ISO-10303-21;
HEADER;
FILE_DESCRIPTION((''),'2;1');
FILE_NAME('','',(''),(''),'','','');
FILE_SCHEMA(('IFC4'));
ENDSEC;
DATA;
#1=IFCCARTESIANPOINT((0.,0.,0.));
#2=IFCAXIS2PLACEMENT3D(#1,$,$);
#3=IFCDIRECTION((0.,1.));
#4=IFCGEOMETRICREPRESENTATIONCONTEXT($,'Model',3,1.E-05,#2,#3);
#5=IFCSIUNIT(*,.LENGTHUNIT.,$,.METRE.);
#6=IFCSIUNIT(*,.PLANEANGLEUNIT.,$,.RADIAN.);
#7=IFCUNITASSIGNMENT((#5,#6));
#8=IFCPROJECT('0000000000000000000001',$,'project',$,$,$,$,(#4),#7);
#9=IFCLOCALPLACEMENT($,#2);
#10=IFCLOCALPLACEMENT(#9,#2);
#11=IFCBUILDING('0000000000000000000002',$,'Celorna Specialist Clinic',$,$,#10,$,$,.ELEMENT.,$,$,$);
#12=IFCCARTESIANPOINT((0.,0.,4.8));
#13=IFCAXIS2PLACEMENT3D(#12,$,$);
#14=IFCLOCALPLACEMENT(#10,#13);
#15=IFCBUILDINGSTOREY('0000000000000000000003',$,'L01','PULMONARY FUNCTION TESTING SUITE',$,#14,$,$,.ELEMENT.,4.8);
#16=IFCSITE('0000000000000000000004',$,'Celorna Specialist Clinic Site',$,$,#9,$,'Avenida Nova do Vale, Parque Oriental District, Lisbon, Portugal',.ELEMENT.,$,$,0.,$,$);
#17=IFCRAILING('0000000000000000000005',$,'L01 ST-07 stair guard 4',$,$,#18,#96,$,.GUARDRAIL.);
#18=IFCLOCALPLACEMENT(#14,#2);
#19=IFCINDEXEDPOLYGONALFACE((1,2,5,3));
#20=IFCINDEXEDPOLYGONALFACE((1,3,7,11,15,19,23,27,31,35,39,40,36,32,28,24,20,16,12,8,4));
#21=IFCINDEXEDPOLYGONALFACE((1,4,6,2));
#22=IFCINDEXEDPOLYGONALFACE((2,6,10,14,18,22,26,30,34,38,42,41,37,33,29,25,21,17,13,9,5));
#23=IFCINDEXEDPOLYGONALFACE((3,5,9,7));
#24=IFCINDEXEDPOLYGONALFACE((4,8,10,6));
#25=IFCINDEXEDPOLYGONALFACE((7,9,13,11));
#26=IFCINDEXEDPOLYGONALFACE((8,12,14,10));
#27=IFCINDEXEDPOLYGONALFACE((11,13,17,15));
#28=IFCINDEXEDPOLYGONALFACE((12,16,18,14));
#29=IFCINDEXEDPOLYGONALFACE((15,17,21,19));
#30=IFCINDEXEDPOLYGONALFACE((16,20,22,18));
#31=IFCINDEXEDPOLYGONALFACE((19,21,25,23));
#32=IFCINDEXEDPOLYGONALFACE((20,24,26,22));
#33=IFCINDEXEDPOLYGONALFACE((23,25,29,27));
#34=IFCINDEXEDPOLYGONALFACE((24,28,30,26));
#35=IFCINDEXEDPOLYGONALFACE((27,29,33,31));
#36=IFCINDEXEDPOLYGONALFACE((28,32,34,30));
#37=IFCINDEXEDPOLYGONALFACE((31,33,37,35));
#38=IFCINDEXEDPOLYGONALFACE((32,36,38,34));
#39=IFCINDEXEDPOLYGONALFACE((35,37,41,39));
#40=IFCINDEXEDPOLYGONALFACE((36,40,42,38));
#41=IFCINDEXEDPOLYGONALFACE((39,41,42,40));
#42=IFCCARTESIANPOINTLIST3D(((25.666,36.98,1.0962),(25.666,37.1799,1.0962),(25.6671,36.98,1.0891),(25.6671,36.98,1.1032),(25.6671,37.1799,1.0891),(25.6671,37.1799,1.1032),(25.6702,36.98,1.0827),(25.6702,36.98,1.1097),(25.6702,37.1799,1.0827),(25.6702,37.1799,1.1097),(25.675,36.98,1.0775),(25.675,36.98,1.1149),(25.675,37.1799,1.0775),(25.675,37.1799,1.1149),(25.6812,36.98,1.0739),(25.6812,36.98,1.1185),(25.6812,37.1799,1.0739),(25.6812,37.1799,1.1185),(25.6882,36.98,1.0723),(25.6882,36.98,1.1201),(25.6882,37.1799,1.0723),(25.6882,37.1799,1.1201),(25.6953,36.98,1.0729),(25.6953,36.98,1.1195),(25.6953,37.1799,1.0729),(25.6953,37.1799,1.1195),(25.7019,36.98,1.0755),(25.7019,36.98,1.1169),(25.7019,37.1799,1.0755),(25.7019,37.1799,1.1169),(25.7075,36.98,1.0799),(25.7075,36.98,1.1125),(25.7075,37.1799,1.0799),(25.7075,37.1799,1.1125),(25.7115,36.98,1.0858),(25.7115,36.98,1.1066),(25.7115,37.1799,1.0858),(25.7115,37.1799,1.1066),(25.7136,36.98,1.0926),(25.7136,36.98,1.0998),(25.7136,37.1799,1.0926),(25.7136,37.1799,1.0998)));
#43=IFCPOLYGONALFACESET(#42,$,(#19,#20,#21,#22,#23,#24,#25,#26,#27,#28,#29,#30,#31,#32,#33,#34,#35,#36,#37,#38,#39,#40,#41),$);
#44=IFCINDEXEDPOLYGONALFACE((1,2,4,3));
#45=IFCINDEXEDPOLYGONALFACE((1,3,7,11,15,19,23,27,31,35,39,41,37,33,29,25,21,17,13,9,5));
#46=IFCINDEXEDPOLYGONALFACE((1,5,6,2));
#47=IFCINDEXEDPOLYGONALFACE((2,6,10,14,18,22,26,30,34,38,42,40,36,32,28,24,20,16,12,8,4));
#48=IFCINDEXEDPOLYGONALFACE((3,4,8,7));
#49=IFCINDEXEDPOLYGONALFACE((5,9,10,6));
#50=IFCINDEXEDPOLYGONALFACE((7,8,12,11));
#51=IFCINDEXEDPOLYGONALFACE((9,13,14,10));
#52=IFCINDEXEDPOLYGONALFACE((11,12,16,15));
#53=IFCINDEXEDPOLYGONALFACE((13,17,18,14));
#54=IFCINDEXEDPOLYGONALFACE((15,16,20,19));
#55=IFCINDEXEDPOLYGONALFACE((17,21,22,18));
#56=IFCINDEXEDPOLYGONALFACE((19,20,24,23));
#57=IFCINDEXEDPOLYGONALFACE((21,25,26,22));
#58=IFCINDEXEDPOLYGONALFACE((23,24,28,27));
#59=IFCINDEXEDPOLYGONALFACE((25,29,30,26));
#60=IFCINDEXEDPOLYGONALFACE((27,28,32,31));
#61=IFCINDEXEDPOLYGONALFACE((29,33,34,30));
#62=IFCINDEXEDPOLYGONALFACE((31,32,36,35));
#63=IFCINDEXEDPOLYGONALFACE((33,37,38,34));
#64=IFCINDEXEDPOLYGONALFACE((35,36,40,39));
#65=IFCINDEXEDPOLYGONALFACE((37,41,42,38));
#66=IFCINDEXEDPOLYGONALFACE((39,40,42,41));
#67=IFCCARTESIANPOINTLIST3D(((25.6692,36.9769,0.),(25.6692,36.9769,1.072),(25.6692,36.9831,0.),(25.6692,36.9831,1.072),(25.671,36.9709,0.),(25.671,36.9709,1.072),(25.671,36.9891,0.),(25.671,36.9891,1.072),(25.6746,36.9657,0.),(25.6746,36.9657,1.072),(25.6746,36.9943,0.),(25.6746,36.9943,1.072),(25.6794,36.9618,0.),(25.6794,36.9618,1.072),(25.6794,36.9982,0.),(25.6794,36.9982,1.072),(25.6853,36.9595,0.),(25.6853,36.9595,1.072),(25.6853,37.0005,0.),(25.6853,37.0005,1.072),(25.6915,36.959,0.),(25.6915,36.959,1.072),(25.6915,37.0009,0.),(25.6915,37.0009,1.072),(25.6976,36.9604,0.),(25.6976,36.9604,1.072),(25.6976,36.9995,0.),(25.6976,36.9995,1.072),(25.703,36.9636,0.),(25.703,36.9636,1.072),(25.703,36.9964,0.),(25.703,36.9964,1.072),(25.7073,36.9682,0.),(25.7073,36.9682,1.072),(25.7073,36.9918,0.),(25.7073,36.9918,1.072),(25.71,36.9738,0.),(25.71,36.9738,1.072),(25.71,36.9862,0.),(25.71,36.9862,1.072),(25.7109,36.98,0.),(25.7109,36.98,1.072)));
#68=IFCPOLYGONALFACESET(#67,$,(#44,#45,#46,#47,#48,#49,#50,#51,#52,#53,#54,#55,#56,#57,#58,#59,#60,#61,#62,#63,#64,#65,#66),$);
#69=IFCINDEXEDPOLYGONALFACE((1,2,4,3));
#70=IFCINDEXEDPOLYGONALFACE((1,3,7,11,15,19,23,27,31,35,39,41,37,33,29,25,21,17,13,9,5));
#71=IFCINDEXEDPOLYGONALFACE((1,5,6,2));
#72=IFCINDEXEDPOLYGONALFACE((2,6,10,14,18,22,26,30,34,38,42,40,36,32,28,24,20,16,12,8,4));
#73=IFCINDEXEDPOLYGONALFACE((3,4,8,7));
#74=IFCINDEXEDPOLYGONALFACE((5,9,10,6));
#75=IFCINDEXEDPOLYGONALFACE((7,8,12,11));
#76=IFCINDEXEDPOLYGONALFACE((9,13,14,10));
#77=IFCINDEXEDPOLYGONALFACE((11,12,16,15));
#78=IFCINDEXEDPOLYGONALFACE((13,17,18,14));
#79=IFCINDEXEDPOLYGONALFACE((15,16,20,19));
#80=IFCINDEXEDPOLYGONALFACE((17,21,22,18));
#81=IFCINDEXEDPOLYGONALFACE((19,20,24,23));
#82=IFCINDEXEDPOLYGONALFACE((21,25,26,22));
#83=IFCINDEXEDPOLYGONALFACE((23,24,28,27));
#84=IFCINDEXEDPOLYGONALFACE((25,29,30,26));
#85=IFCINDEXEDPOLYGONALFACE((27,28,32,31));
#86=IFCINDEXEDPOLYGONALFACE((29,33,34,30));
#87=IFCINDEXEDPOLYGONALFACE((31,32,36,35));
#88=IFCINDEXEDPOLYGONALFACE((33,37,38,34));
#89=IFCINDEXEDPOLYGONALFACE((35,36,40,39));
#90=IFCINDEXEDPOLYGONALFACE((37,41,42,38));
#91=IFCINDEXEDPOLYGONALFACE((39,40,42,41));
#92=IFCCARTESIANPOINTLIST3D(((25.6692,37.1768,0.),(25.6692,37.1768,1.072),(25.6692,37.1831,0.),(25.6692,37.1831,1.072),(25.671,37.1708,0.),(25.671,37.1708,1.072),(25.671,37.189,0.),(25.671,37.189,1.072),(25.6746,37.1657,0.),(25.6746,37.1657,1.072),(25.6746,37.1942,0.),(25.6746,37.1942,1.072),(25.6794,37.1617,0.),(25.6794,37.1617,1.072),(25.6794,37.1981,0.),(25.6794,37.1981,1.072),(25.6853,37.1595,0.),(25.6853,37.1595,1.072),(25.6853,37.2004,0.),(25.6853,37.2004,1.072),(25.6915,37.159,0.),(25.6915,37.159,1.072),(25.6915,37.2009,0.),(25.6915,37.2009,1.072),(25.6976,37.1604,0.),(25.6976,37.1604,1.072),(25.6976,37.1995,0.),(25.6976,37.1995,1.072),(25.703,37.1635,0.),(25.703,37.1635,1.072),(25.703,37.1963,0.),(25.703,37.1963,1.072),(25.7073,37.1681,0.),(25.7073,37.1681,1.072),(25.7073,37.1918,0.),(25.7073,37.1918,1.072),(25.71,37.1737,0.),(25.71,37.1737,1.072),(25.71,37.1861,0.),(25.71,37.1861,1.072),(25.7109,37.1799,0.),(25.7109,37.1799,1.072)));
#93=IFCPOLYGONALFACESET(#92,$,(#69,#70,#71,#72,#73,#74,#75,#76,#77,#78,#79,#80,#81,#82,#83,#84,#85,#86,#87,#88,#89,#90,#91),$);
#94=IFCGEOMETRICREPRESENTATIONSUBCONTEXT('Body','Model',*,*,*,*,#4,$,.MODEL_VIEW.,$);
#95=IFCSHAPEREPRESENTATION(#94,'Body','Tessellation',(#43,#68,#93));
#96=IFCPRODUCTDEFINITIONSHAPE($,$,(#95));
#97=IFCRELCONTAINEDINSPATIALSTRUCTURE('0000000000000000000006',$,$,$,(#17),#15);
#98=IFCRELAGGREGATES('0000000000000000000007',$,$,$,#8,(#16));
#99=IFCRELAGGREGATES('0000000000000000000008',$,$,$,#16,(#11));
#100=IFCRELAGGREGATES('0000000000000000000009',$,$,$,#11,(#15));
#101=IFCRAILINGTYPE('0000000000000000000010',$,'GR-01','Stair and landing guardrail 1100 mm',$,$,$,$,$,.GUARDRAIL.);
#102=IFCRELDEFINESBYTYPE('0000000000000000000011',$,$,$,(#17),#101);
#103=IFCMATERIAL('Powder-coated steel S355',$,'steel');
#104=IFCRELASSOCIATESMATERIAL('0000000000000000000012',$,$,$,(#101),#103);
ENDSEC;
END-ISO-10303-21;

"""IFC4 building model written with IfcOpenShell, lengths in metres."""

from ifc_helpers import new_model, si_unit, direction, frame, origin, origin_2d, place, context, subcontext, project, spatial, circle, extrude, material, type_object, element, save


model = new_model("IFC4")

# Units and contexts
model_context = context("Model", 3, precision=1e-05, world=origin(), true_north=direction((0.0, 1.0)))
body_context = subcontext(model_context, "Body", "Model", "MODEL_VIEW")
ifc_project = project(units=[si_unit("LENGTHUNIT", "METRE"), si_unit("PLANEANGLEUNIT", "RADIAN")], contexts=[model_context])

# Site, building, storey
site_placement = place(None, origin())
site = spatial("IfcSite", under=ifc_project, at=site_placement, Name="Celorna Specialist Clinic Site", LongName="Avenida Nova do Vale, Parque Oriental District, Lisbon, Portugal", CompositionType="ELEMENT", RefElevation=0.0)
building_placement = place(site_placement, origin())
building = spatial("IfcBuilding", under=site, at=building_placement, Name="Celorna Specialist Clinic", CompositionType="ELEMENT")
storey_placement = place(building_placement, frame((0.0, 0.0, 4.8)))
storey = spatial("IfcBuildingStorey", under=building, at=storey_placement, Name="L01", Description="PULMONARY FUNCTION TESTING SUITE", CompositionType="ELEMENT", Elevation=4.8)

# Railing
ifc_material_1 = material(Name="Powder-coated steel S355", Category="steel")
railing_type_1 = type_object("IfcRailingType", Name="GR-01", Description="Stair and landing guardrail 1100 mm", PredefinedType="GUARDRAIL", material=ifc_material_1)
railing_1_placement = place(storey_placement, frame((25.6899, 36.98, 0.0)))
element("IfcRailing", 1, at=railing_1_placement, inside=storey, type_object=railing_type_1, Name="L01 ST-07 stair guard 4", PredefinedType="GUARDRAIL", context=body_context, shape_type="SweptSolid", body=[
    extrude(circle(Radius=0.0239, at=origin_2d()), frame((0.0, 0.0, 1.0962), z_axis=(0.0, 1.0, 0.0), x_axis=(-1.0, 0.0, 0.0)), (0.0, 0.0, 1.0), 0.2),
    extrude(circle(Radius=0.021, at=origin_2d()), origin(), (0.0, 0.0, 1.0), 1.072),
    extrude(circle(Radius=0.021, at=origin_2d()), frame((0.0, 0.2, 0.0)), (0.0, 0.0, 1.0), 1.072),
])

save(model, "model.ifc")
